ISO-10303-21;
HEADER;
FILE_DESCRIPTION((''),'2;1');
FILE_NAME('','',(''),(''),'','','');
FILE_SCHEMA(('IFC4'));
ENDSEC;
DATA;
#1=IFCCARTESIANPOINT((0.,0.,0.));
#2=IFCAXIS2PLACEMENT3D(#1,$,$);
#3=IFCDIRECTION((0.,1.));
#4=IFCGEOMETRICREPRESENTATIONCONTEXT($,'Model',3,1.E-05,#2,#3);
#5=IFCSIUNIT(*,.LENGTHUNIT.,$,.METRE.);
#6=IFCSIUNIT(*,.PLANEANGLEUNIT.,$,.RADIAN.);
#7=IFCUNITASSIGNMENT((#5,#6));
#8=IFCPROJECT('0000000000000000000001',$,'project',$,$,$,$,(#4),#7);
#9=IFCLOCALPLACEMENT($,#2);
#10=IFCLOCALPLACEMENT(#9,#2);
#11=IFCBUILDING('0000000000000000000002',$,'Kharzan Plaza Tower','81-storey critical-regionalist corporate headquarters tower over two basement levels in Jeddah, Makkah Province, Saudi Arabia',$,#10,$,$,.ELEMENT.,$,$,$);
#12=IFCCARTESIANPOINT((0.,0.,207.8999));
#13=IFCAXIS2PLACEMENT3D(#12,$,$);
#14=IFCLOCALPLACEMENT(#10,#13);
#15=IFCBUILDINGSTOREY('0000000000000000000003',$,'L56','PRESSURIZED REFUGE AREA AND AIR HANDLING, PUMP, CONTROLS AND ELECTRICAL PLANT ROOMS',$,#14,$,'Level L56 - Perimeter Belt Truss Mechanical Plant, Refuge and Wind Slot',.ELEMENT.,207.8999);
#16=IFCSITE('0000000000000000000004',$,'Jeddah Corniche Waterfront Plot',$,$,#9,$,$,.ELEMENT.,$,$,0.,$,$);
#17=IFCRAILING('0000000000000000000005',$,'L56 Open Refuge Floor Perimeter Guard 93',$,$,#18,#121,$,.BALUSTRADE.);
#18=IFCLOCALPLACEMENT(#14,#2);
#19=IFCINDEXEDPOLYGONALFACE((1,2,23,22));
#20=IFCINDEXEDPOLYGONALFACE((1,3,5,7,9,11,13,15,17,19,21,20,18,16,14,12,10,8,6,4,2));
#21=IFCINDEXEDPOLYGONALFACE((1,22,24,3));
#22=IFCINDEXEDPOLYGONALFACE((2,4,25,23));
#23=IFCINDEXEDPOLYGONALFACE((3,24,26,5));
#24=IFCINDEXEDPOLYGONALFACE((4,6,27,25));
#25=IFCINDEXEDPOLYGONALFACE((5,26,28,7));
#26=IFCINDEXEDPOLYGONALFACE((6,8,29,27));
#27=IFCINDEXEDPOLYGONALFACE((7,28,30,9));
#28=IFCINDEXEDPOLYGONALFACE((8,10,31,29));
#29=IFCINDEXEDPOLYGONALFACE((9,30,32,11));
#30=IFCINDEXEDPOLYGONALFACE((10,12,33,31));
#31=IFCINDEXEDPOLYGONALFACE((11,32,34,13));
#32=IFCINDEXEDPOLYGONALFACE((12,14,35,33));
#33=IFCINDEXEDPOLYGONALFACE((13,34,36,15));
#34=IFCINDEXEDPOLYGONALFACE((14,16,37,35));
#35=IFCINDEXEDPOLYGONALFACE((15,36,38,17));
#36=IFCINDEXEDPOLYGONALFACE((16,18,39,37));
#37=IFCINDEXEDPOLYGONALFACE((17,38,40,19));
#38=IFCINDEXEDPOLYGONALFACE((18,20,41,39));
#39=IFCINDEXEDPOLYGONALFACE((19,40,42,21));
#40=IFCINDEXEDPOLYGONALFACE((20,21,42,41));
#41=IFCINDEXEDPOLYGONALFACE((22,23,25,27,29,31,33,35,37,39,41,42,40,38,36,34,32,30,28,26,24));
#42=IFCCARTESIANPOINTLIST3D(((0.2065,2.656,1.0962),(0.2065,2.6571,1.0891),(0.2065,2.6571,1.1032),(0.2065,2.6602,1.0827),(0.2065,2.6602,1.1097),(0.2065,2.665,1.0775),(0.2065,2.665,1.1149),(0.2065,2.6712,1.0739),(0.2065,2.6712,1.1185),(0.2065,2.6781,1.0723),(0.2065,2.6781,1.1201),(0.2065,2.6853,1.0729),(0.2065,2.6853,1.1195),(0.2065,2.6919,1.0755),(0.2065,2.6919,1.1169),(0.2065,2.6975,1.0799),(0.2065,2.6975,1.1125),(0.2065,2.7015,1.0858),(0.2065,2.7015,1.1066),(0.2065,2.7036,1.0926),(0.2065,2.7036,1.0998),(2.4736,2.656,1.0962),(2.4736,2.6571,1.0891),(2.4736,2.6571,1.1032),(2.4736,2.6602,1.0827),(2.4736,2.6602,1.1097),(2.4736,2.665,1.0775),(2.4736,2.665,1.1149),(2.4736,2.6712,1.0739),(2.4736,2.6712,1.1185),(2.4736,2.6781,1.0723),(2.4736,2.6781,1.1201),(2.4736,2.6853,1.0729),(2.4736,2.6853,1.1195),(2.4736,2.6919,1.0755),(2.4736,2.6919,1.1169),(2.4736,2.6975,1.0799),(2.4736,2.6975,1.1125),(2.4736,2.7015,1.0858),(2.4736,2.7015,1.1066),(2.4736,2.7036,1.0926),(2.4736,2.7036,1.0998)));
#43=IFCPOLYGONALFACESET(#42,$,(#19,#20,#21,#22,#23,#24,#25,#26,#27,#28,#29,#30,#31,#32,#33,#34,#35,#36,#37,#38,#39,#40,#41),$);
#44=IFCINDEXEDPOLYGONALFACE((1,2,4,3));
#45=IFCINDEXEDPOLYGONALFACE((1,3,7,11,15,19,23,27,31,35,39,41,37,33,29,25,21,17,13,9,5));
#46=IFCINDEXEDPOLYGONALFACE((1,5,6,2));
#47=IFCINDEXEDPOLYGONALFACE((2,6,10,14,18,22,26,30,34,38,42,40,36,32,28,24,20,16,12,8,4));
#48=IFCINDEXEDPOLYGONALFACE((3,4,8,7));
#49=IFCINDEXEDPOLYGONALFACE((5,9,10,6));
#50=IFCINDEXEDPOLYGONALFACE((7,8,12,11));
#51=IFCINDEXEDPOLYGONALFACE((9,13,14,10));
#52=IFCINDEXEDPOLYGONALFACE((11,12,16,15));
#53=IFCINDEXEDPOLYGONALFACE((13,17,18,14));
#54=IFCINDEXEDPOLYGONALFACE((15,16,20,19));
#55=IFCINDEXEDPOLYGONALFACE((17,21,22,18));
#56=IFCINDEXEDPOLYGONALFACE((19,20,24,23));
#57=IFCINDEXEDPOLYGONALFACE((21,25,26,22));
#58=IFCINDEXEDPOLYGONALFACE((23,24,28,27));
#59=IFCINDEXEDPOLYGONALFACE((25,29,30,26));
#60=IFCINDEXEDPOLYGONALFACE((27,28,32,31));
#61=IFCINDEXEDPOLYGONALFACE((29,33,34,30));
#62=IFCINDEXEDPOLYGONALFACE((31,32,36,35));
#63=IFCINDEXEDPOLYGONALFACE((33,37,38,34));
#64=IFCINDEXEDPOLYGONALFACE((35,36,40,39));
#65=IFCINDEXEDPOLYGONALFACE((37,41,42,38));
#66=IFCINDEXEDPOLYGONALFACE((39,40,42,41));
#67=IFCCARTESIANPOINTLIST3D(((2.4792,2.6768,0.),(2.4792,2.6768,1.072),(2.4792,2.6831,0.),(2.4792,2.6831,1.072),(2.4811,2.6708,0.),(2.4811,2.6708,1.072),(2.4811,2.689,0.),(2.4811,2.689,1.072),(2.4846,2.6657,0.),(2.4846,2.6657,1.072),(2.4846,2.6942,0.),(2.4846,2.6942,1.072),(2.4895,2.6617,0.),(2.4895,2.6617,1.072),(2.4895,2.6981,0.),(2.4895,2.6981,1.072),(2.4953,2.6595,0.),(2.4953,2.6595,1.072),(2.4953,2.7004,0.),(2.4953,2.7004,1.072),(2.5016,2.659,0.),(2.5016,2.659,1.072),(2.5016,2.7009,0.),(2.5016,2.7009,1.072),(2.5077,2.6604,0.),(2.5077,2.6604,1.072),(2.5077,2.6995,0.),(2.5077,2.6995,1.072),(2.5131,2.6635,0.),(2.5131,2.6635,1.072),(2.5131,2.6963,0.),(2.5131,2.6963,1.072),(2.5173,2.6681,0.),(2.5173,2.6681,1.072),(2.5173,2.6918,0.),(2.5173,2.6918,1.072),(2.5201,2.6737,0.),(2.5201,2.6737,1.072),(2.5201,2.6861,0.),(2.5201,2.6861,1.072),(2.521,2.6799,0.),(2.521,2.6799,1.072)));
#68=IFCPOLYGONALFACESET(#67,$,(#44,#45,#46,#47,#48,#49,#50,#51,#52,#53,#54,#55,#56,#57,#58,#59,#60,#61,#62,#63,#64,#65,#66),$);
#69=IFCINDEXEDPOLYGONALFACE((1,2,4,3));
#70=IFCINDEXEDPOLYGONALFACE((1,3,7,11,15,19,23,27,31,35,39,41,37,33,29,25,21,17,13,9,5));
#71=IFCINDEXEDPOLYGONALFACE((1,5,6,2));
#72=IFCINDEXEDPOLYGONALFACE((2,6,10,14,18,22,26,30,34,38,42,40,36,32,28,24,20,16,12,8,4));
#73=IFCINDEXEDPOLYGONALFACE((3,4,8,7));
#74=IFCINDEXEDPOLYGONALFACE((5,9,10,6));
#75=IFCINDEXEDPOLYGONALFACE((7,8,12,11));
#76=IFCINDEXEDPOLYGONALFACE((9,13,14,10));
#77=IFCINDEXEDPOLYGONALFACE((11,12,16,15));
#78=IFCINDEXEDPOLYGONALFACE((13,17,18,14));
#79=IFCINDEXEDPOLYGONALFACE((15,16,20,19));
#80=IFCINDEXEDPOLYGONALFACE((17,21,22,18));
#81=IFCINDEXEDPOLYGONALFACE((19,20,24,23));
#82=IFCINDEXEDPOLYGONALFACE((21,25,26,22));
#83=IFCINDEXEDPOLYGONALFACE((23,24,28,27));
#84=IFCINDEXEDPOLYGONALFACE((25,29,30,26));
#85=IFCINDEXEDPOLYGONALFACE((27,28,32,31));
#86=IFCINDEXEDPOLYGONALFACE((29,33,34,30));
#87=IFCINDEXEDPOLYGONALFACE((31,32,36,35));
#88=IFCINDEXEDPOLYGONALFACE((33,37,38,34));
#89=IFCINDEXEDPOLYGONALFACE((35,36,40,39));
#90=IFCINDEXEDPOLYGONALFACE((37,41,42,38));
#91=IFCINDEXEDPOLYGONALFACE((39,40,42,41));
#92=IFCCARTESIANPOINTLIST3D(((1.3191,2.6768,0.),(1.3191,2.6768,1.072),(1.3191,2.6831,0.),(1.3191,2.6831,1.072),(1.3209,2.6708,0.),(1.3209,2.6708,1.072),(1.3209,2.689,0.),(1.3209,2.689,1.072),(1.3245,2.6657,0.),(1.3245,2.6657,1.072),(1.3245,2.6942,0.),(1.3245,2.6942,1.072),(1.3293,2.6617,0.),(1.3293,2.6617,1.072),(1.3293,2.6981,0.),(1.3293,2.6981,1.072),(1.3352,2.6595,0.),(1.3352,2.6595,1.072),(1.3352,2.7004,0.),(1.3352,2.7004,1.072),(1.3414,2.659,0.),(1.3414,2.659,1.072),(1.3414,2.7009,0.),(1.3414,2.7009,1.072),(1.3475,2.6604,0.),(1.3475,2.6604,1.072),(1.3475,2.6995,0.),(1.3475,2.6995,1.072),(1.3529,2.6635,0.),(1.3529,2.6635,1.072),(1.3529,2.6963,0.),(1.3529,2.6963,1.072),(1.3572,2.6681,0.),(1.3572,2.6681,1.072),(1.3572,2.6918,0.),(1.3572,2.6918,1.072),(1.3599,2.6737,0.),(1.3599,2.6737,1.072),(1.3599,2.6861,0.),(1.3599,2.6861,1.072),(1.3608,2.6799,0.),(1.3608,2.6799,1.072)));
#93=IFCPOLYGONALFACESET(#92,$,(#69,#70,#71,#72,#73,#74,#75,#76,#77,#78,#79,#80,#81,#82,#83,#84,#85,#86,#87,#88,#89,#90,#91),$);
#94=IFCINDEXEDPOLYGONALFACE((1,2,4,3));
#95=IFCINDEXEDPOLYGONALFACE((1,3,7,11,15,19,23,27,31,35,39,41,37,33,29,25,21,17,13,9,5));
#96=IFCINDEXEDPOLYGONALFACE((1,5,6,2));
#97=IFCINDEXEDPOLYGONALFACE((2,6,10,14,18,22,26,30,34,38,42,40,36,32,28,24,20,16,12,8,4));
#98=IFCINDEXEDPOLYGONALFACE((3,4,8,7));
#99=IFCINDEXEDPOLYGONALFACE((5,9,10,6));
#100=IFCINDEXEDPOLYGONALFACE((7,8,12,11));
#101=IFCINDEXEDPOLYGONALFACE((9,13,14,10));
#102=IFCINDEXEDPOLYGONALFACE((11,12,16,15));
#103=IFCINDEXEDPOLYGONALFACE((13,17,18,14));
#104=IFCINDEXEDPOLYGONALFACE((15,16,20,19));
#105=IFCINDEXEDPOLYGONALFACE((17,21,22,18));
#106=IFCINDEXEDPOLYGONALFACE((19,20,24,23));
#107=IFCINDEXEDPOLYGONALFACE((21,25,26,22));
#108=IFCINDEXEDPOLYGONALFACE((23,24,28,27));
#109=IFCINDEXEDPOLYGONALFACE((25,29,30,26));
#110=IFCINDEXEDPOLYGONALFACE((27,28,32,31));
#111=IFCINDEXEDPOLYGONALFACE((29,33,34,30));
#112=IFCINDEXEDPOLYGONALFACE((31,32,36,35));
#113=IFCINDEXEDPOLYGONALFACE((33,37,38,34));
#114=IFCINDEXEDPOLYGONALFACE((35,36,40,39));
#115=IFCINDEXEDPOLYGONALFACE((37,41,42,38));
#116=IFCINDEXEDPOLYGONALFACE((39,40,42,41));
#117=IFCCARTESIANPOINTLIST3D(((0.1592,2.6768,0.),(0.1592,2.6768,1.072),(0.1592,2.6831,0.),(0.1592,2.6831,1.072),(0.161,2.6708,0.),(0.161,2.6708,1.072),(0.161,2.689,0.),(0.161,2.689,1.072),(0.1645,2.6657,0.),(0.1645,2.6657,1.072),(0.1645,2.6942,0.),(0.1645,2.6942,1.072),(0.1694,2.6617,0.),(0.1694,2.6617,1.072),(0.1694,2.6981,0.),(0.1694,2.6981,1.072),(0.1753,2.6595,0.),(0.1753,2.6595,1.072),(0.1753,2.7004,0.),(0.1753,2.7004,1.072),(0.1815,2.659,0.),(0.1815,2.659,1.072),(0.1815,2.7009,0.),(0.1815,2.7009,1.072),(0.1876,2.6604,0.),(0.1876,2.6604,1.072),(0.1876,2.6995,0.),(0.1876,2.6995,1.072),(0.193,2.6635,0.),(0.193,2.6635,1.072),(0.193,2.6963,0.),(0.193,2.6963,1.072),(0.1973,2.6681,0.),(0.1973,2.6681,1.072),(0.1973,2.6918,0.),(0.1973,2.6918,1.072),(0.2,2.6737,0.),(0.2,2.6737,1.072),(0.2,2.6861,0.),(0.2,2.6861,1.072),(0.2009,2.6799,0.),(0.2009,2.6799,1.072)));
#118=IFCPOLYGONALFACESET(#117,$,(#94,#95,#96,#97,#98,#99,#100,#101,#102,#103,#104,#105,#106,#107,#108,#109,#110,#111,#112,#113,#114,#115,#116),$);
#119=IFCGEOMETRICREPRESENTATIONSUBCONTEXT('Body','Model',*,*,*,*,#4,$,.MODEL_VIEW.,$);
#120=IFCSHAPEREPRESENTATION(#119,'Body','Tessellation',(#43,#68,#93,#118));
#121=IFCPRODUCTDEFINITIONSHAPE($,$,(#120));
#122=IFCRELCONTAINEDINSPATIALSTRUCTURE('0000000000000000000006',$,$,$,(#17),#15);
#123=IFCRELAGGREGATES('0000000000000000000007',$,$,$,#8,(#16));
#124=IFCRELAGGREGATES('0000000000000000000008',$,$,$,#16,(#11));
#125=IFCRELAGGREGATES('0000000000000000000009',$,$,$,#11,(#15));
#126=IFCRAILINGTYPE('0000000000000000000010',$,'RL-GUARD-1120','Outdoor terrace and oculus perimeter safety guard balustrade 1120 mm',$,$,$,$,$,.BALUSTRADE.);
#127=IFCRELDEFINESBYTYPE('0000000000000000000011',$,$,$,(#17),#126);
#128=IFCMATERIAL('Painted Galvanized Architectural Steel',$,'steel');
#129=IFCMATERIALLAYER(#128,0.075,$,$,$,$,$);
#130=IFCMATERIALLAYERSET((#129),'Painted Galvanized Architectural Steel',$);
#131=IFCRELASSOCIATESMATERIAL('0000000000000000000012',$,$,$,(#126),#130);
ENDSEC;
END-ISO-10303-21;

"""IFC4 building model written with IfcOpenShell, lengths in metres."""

from ifc_helpers import new_model, si_unit, direction, frame, origin, origin_2d, place, context, subcontext, project, spatial, circle, extrude, source, transform, mapped, material, layer, layer_set, type_object, element, save


model = new_model("IFC4")

# Units and contexts
model_context = context("Model", 3, precision=1e-05, world=origin(), true_north=direction((0.0, 1.0)))
body_context = subcontext(model_context, "Body", "Model", "MODEL_VIEW")
ifc_project = project(units=[si_unit("LENGTHUNIT", "METRE"), si_unit("PLANEANGLEUNIT", "RADIAN")], contexts=[model_context])

# Site, building, storey
site_placement = place(None, origin())
site = spatial("IfcSite", under=ifc_project, at=site_placement, Name="Jeddah Corniche Waterfront Plot", CompositionType="ELEMENT", RefElevation=0.0)
building_placement = place(site_placement, origin())
building = spatial("IfcBuilding", under=site, at=building_placement, Name="Kharzan Plaza Tower", Description="81-storey critical-regionalist corporate headquarters tower over two basement levels in Jeddah, Makkah Province, Saudi Arabia", CompositionType="ELEMENT")
storey_placement = place(building_placement, frame((0.0, 0.0, 207.8999)))
storey = spatial("IfcBuildingStorey", under=building, at=storey_placement, Name="L56", Description="PRESSURIZED REFUGE AREA AND AIR HANDLING, PUMP, CONTROLS AND ELECTRICAL PLANT ROOMS", LongName="Level L56 - Perimeter Belt Truss Mechanical Plant, Refuge and Wind Slot", CompositionType="ELEMENT", Elevation=207.8999)

# Railing
ifc_material_1 = material(Name="Painted Galvanized Architectural Steel", Category="steel")
ifc_layer_1 = layer(ifc_material_1, 0.075)
ifc_layer_set_1 = layer_set([ifc_layer_1], Name="Painted Galvanized Architectural Steel")
railing_type = type_object("IfcRailingType", Name="RL-GUARD-1120", Description="Outdoor terrace and oculus perimeter safety guard balustrade 1120 mm", PredefinedType="BALUSTRADE", material=ifc_layer_set_1)
shared_shape_1 = source(origin(), body_context, "Body", "SweptSolid", [
    extrude(circle(Radius=0.0239, at=origin_2d()), frame((-0.0264, 0.0, 1.0962), z_axis=(-1.0, 0.0, 0.0), x_axis=(0.0, -1.0, 0.0)), (0.0, 0.0, 1.0), 2.2671),
    extrude(circle(Radius=0.021, at=origin_2d()), origin(), (0.0, 0.0, 1.0), 1.072),
    extrude(circle(Radius=0.021, at=origin_2d()), frame((-1.1602, 0.0, 0.0)), (0.0, 0.0, 1.0), 1.072),
    extrude(circle(Radius=0.021, at=origin_2d()), frame((-2.3201, 0.0, 0.0)), (0.0, 0.0, 1.0), 1.072),
])
railing_1_placement = place(storey_placement, frame((2.5, 2.6799, 0.0)))
element("IfcRailing", 1, at=railing_1_placement, inside=storey, type_object=railing_type, Name="L56 Open Refuge Floor Perimeter Guard 93", PredefinedType="BALUSTRADE", context=body_context, shape_type="MappedRepresentation", body=[
    mapped(shared_shape_1, transform((0.0, 0.0, 0.0), x_axis=(1.0, 0.0, 0.0), y_axis=(0.0, 1.0, 0.0), z_axis=(0.0, 0.0, 1.0))),
])

save(model, "model.ifc")
